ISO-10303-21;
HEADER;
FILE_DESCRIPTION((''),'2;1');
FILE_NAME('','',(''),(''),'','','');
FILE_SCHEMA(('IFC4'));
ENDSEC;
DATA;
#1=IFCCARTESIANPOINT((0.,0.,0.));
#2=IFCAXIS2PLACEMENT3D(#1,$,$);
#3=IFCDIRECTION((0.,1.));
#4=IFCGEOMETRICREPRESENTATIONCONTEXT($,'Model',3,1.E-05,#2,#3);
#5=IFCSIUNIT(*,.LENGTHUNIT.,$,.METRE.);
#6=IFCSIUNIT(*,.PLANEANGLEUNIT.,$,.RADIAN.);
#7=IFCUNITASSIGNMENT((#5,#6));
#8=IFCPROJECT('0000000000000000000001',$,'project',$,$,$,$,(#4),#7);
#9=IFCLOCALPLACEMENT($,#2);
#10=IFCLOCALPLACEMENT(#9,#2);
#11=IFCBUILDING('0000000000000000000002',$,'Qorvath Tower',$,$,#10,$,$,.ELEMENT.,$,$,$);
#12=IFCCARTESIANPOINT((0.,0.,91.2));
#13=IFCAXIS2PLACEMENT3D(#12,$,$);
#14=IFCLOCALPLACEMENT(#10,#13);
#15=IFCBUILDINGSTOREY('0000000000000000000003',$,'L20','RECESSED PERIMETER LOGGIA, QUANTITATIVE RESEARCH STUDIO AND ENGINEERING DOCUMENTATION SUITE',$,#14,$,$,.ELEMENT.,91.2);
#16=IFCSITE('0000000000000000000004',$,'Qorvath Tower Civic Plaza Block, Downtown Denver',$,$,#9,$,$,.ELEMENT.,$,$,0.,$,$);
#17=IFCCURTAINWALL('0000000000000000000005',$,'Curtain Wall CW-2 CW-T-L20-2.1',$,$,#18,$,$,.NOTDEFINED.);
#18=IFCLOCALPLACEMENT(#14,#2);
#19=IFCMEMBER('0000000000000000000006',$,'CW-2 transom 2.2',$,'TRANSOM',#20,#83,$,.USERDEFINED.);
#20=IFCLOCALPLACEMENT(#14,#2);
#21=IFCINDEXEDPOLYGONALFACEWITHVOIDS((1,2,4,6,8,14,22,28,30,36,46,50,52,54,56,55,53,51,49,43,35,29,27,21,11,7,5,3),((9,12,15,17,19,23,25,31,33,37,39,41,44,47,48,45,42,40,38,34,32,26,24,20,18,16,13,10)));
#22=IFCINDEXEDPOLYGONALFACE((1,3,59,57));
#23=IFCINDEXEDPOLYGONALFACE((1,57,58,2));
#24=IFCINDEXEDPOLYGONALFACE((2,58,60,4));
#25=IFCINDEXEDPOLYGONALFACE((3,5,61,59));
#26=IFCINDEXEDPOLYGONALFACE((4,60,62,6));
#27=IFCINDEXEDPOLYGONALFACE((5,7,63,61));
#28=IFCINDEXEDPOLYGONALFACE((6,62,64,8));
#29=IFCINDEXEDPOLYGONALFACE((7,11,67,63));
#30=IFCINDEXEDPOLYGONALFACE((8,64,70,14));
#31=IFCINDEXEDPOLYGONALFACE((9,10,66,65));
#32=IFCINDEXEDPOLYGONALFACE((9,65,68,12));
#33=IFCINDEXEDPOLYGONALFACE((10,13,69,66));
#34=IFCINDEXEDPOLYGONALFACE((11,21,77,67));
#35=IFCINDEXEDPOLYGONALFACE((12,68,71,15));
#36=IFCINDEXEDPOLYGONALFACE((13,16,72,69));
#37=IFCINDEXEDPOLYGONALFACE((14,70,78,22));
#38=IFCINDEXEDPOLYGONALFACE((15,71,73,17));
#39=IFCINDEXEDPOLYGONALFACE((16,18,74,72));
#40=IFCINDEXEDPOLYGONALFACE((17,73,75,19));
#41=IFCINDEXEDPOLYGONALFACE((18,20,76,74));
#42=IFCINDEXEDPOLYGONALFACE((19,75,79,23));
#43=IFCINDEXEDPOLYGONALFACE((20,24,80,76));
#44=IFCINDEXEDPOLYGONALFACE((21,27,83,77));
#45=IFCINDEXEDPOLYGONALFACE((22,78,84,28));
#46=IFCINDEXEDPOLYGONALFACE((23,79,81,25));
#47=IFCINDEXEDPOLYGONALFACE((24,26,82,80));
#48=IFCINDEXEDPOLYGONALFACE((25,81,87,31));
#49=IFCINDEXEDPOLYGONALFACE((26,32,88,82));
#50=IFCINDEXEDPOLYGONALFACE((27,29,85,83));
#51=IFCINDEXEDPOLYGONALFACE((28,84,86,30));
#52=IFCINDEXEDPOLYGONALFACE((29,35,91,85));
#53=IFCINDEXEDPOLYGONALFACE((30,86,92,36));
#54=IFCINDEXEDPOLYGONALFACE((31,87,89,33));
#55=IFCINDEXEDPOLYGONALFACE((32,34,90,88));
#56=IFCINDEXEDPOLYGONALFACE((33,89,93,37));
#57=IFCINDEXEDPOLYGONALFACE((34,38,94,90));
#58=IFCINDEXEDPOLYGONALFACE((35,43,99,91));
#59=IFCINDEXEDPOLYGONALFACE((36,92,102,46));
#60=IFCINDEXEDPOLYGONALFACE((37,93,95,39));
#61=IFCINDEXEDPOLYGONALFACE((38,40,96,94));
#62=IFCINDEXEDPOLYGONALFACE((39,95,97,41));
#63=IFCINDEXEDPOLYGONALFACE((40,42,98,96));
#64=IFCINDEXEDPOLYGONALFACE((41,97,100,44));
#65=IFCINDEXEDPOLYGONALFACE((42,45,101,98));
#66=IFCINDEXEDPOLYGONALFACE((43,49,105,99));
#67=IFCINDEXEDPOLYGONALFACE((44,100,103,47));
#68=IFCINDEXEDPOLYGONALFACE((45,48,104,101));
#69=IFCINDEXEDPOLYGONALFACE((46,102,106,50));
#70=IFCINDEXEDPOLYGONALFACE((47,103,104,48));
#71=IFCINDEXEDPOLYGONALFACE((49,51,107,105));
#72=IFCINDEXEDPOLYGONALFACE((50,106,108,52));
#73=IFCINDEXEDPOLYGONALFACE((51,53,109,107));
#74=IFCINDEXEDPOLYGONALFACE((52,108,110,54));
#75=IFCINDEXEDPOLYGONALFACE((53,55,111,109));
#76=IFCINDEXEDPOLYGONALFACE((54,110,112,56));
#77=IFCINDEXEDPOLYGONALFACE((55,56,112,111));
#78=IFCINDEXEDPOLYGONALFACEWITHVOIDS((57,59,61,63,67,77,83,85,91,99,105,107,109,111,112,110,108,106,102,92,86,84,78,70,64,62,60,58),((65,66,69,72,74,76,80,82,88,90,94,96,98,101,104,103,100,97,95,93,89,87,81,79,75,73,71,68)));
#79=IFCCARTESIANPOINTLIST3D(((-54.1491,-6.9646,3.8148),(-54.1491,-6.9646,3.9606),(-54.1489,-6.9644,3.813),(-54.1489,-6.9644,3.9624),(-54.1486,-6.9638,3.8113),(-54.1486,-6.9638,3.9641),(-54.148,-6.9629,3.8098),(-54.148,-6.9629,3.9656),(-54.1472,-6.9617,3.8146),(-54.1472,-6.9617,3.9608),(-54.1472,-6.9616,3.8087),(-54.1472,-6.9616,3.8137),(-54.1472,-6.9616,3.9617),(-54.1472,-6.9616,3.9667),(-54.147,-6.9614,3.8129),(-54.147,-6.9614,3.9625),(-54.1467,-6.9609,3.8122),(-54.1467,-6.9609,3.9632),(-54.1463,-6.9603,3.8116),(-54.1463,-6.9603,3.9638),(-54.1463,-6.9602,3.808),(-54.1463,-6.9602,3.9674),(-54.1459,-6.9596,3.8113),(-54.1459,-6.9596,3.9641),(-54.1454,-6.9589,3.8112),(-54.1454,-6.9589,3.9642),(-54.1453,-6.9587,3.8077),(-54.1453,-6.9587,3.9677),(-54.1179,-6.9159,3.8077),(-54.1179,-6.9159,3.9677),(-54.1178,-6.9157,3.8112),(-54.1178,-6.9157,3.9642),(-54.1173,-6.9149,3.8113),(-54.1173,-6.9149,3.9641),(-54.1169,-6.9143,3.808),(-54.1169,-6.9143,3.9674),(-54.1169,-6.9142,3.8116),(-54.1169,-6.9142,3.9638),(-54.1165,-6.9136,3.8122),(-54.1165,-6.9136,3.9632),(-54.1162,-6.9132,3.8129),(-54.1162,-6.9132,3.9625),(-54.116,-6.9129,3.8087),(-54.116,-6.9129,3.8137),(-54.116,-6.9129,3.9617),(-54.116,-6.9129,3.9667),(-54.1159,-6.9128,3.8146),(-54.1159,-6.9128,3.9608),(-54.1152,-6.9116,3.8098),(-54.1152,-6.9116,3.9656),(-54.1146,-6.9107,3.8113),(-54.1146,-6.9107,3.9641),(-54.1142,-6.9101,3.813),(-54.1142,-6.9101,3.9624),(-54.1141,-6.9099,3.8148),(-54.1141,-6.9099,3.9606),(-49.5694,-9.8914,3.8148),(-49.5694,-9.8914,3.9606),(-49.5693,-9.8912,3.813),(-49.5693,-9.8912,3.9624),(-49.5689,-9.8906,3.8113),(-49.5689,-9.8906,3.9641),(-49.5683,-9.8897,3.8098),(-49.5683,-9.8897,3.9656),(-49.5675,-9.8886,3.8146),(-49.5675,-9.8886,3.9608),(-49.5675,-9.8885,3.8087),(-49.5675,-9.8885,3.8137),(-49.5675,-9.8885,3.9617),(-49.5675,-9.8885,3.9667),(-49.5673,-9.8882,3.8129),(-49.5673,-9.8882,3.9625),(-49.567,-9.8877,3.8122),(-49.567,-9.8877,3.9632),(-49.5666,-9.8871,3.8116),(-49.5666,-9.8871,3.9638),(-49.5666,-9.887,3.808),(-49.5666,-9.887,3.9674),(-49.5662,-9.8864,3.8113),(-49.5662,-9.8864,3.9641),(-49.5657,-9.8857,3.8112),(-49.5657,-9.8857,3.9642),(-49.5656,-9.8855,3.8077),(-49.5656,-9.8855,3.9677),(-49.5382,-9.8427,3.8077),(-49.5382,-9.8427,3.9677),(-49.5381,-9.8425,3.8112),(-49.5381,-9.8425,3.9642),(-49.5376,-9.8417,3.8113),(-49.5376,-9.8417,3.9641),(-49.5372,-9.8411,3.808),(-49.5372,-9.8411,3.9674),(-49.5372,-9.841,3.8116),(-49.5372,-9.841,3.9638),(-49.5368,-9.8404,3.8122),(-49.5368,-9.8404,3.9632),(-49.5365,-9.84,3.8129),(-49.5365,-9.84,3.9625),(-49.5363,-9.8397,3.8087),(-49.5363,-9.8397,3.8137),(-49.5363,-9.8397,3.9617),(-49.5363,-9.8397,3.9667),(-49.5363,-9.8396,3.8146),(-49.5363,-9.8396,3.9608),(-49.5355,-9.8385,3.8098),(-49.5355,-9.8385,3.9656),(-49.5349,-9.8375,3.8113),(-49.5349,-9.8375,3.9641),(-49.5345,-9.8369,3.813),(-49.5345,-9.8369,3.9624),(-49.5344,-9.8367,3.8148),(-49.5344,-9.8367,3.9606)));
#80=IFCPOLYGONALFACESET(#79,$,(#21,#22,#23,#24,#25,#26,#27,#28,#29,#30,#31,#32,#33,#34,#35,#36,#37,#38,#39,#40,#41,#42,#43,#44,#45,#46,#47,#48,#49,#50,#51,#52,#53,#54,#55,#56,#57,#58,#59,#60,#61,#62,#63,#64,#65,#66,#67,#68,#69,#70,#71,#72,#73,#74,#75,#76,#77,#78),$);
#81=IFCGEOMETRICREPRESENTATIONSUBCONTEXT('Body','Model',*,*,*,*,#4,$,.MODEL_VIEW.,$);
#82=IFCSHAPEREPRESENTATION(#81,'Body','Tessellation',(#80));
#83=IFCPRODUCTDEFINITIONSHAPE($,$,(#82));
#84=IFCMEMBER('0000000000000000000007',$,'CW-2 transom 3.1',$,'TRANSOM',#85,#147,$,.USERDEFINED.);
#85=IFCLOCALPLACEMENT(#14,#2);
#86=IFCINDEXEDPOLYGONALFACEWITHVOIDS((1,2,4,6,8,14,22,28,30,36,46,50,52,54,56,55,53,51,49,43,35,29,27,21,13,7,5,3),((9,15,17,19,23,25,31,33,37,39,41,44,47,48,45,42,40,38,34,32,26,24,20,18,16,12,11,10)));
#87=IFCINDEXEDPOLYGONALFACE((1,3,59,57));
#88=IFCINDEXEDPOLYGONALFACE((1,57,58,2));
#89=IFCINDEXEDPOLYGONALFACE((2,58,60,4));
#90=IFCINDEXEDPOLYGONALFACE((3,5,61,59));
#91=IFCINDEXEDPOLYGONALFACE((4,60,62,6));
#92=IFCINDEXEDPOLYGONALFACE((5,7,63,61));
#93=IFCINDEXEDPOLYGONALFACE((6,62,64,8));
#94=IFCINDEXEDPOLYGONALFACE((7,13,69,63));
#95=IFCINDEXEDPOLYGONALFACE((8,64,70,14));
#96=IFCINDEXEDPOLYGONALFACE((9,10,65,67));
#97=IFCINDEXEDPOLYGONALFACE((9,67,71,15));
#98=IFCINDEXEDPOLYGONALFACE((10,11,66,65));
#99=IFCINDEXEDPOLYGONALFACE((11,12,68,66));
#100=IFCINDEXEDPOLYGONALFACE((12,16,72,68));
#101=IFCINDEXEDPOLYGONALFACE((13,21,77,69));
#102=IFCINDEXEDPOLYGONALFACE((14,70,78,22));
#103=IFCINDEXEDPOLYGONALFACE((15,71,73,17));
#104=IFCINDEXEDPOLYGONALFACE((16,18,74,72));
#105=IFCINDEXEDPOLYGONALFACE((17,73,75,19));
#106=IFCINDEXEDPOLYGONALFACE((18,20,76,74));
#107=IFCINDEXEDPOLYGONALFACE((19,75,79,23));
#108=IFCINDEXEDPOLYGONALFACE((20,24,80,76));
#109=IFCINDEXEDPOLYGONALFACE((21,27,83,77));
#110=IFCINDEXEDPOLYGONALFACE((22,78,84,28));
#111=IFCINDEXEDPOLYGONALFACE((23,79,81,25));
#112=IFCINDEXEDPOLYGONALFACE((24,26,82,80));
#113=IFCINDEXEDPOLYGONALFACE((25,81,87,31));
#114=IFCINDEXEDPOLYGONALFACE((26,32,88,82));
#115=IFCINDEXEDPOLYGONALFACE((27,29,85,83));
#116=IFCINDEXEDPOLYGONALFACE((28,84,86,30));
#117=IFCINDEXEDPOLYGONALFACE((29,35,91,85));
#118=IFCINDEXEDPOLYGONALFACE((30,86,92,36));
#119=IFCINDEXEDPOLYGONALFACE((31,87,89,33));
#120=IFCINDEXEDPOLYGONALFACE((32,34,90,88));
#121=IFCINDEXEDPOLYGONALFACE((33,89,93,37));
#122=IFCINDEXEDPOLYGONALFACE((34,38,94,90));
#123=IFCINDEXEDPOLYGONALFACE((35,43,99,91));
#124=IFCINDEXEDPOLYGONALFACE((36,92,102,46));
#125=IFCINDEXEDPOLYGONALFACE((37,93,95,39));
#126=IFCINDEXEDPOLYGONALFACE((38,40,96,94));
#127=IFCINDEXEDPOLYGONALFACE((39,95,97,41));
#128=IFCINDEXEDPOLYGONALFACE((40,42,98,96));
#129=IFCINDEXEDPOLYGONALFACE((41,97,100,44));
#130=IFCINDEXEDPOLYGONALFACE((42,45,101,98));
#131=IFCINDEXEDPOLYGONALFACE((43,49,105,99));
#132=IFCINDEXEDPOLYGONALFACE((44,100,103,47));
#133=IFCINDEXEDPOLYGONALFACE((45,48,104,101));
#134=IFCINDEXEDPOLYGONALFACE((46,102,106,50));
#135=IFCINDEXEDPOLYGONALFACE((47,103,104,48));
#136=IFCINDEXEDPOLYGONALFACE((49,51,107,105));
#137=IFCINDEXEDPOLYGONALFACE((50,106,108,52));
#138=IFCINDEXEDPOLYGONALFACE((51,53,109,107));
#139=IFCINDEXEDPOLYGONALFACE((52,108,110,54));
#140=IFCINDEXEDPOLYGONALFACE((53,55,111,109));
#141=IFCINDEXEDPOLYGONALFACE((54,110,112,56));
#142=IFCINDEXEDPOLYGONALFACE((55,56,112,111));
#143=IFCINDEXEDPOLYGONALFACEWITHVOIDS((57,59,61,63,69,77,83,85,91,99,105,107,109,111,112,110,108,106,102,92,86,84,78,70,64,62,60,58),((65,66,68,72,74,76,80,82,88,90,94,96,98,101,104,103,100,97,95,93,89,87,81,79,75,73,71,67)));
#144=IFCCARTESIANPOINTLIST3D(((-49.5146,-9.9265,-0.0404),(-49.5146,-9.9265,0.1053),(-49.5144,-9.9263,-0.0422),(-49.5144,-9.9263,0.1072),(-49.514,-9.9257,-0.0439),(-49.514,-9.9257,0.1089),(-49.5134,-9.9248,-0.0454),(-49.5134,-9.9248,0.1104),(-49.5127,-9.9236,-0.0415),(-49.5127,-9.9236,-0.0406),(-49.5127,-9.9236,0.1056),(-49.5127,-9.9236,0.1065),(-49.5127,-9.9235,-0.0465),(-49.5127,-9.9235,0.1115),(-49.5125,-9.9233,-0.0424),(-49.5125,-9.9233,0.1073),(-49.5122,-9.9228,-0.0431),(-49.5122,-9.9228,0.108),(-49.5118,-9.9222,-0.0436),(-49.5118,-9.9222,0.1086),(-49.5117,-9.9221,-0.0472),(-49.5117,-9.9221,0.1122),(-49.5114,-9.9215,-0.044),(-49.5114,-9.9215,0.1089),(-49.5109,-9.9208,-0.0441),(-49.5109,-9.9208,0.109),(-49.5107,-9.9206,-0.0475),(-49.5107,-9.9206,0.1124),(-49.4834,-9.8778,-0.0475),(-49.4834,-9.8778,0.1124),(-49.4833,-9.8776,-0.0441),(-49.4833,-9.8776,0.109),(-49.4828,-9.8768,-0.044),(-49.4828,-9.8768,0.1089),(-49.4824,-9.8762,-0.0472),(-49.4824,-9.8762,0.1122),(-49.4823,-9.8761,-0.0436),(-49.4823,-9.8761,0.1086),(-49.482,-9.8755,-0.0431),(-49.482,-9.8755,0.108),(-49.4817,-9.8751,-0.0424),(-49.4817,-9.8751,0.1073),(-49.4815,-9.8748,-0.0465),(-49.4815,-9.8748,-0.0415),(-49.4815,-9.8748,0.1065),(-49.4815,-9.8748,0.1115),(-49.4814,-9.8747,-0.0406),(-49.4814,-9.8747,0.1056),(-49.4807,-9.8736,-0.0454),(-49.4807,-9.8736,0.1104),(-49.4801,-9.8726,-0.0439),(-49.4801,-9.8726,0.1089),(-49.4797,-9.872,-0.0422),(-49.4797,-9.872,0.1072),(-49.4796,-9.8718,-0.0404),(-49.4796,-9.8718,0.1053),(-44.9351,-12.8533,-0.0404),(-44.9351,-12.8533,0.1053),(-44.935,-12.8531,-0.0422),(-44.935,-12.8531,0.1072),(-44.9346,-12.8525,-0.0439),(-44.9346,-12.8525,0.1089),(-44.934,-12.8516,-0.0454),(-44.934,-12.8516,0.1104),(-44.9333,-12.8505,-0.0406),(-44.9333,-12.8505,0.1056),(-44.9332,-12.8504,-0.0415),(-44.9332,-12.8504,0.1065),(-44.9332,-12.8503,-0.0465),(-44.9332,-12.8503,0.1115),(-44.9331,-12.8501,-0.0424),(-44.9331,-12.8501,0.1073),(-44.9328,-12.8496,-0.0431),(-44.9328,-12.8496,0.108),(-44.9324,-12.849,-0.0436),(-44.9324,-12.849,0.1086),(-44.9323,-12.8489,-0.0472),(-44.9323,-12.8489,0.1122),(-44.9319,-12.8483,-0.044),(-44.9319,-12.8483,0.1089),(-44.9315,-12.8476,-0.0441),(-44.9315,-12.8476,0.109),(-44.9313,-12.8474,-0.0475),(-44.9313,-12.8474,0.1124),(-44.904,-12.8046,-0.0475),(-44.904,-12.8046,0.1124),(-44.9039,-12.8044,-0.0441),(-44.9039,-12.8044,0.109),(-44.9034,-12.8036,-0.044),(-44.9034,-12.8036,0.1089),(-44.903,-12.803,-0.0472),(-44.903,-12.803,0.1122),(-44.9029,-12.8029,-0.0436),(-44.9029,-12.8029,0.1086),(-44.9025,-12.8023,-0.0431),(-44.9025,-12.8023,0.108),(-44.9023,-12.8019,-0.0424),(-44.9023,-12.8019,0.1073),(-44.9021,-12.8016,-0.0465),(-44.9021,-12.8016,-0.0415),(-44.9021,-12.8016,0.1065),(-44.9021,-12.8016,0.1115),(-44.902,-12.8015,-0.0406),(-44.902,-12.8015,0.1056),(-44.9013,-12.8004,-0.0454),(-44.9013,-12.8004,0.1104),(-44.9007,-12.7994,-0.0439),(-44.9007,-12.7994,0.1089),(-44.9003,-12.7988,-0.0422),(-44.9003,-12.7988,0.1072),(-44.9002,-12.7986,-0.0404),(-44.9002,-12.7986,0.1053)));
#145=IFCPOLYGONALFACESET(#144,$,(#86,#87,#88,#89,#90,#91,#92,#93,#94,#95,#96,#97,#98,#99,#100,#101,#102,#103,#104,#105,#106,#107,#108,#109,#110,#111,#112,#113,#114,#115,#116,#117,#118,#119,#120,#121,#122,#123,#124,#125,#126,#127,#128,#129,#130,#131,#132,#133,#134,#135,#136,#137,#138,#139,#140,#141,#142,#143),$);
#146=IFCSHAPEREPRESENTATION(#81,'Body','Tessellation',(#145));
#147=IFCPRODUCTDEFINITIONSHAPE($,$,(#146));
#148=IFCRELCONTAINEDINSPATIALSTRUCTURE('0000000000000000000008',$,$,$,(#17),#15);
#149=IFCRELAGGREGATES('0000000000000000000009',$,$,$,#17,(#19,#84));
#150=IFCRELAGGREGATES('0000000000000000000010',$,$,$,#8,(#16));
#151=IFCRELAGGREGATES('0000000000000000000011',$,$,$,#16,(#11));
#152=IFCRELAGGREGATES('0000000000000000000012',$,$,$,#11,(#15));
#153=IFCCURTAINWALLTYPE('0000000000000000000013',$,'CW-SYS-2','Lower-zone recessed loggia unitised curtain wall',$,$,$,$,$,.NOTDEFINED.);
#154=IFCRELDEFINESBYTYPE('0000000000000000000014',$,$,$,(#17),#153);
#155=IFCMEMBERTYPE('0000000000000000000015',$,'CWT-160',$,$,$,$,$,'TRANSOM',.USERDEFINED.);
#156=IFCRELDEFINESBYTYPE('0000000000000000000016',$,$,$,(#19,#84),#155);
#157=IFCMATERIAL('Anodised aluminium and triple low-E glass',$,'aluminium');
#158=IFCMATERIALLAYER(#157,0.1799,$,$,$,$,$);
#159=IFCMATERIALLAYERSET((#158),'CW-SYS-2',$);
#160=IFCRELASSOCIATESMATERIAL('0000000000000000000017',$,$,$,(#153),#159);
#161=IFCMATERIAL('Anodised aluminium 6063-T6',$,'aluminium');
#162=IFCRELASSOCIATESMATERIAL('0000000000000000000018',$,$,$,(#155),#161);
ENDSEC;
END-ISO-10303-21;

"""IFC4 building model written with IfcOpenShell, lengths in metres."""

from ifc_helpers import new_model, si_unit, direction, frame, origin, origin_2d, place, context, subcontext, project, spatial, hollow_rectangle, extrude, material, layer, layer_set, material_profile, profile_set, type_object, element, aggregate, save


model = new_model("IFC4")

# Units and contexts
model_context = context("Model", 3, precision=1e-05, world=origin(), true_north=direction((0.0, 1.0)))
body_context = subcontext(model_context, "Body", "Model", "MODEL_VIEW")
ifc_project = project(units=[si_unit("LENGTHUNIT", "METRE"), si_unit("PLANEANGLEUNIT", "RADIAN")], contexts=[model_context])

# Site, building, storey
site_placement = place(None, origin())
site = spatial("IfcSite", under=ifc_project, at=site_placement, Name="Qorvath Tower Civic Plaza Block, Downtown Denver", CompositionType="ELEMENT", RefElevation=0.0)
building_placement = place(site_placement, origin())
building = spatial("IfcBuilding", under=site, at=building_placement, Name="Qorvath Tower", CompositionType="ELEMENT")
storey_placement = place(building_placement, frame((0.0, 0.0, 91.2)))
storey = spatial("IfcBuildingStorey", under=building, at=storey_placement, Name="L20", Description="RECESSED PERIMETER LOGGIA, QUANTITATIVE RESEARCH STUDIO AND ENGINEERING DOCUMENTATION SUITE", CompositionType="ELEMENT", Elevation=91.2)

# Curtain wall, members
ifc_material_1 = material(Name="Anodised aluminium and triple low-E glass", Category="aluminium")
ifc_layer_1 = layer(ifc_material_1, 0.1799)
ifc_layer_set_1 = layer_set([ifc_layer_1], Name="CW-SYS-2")
curtain_wall_type = type_object("IfcCurtainWallType", Name="CW-SYS-2", Description="Lower-zone recessed loggia unitised curtain wall", PredefinedType="NOTDEFINED", material=ifc_layer_set_1)
curtain_wall_placement = place(storey_placement, origin())
curtain_wall = element("IfcCurtainWall", 1, at=curtain_wall_placement, inside=storey, type_object=curtain_wall_type, Name="Curtain Wall CW-2 CW-T-L20-2.1", PredefinedType="NOTDEFINED")
ifc_material_2 = material(Name="Anodised aluminium 6063-T6", Category="aluminium")
ifc_material_profile_1 = material_profile(ifc_material_2, hollow_rectangle(XDim=0.0649, YDim=0.1599, WallThickness=0.0034, InnerFilletRadius=0.0034, OuterFilletRadius=0.0071, at=origin_2d()), Name="CWT 160x65")
ifc_profile_set_1 = profile_set([ifc_material_profile_1], Name="Anodised aluminium 6063-T6")
member_type_1 = type_object("IfcMemberType", Name="CWT-160", ElementType="TRANSOM", PredefinedType="USERDEFINED", material=ifc_profile_set_1)
member_1_placement = place(storey_placement, frame((-54.1316, -6.9373, 3.8877), z_axis=(0.84262, -0.538508, 0.0), x_axis=(0.538508, 0.84262, 0.0)))
member_1 = element("IfcMember", 2, at=member_1_placement, type_object=member_type_1, Name="CW-2 transom 2.2", ObjectType="TRANSOM", PredefinedType="USERDEFINED", context=body_context, shape_type="SweptSolid", body=[
    extrude(hollow_rectangle(XDim=0.0649, YDim=0.1599, WallThickness=0.0034, InnerFilletRadius=0.0034, OuterFilletRadius=0.0071, at=origin_2d()), origin(), (0.0, 0.0, 1.0), 5.4351),
])
member_2_placement = place(storey_placement, frame((-49.4971, -9.8992, 0.0325), z_axis=(0.842607, -0.538528, 0.0), x_axis=(0.538528, 0.842607, 0.0)))
member_2 = element("IfcMember", 3, at=member_2_placement, type_object=member_type_1, Name="CW-2 transom 3.1", ObjectType="TRANSOM", PredefinedType="USERDEFINED", context=body_context, shape_type="SweptSolid", body=[
    extrude(hollow_rectangle(XDim=0.0649, YDim=0.1599, WallThickness=0.0034, InnerFilletRadius=0.0034, OuterFilletRadius=0.0071, at=origin_2d()), origin(), (0.0, 0.0, 1.0), 5.4348),
])
aggregate(curtain_wall, [member_1, member_2])

save(model, "model.ifc")
